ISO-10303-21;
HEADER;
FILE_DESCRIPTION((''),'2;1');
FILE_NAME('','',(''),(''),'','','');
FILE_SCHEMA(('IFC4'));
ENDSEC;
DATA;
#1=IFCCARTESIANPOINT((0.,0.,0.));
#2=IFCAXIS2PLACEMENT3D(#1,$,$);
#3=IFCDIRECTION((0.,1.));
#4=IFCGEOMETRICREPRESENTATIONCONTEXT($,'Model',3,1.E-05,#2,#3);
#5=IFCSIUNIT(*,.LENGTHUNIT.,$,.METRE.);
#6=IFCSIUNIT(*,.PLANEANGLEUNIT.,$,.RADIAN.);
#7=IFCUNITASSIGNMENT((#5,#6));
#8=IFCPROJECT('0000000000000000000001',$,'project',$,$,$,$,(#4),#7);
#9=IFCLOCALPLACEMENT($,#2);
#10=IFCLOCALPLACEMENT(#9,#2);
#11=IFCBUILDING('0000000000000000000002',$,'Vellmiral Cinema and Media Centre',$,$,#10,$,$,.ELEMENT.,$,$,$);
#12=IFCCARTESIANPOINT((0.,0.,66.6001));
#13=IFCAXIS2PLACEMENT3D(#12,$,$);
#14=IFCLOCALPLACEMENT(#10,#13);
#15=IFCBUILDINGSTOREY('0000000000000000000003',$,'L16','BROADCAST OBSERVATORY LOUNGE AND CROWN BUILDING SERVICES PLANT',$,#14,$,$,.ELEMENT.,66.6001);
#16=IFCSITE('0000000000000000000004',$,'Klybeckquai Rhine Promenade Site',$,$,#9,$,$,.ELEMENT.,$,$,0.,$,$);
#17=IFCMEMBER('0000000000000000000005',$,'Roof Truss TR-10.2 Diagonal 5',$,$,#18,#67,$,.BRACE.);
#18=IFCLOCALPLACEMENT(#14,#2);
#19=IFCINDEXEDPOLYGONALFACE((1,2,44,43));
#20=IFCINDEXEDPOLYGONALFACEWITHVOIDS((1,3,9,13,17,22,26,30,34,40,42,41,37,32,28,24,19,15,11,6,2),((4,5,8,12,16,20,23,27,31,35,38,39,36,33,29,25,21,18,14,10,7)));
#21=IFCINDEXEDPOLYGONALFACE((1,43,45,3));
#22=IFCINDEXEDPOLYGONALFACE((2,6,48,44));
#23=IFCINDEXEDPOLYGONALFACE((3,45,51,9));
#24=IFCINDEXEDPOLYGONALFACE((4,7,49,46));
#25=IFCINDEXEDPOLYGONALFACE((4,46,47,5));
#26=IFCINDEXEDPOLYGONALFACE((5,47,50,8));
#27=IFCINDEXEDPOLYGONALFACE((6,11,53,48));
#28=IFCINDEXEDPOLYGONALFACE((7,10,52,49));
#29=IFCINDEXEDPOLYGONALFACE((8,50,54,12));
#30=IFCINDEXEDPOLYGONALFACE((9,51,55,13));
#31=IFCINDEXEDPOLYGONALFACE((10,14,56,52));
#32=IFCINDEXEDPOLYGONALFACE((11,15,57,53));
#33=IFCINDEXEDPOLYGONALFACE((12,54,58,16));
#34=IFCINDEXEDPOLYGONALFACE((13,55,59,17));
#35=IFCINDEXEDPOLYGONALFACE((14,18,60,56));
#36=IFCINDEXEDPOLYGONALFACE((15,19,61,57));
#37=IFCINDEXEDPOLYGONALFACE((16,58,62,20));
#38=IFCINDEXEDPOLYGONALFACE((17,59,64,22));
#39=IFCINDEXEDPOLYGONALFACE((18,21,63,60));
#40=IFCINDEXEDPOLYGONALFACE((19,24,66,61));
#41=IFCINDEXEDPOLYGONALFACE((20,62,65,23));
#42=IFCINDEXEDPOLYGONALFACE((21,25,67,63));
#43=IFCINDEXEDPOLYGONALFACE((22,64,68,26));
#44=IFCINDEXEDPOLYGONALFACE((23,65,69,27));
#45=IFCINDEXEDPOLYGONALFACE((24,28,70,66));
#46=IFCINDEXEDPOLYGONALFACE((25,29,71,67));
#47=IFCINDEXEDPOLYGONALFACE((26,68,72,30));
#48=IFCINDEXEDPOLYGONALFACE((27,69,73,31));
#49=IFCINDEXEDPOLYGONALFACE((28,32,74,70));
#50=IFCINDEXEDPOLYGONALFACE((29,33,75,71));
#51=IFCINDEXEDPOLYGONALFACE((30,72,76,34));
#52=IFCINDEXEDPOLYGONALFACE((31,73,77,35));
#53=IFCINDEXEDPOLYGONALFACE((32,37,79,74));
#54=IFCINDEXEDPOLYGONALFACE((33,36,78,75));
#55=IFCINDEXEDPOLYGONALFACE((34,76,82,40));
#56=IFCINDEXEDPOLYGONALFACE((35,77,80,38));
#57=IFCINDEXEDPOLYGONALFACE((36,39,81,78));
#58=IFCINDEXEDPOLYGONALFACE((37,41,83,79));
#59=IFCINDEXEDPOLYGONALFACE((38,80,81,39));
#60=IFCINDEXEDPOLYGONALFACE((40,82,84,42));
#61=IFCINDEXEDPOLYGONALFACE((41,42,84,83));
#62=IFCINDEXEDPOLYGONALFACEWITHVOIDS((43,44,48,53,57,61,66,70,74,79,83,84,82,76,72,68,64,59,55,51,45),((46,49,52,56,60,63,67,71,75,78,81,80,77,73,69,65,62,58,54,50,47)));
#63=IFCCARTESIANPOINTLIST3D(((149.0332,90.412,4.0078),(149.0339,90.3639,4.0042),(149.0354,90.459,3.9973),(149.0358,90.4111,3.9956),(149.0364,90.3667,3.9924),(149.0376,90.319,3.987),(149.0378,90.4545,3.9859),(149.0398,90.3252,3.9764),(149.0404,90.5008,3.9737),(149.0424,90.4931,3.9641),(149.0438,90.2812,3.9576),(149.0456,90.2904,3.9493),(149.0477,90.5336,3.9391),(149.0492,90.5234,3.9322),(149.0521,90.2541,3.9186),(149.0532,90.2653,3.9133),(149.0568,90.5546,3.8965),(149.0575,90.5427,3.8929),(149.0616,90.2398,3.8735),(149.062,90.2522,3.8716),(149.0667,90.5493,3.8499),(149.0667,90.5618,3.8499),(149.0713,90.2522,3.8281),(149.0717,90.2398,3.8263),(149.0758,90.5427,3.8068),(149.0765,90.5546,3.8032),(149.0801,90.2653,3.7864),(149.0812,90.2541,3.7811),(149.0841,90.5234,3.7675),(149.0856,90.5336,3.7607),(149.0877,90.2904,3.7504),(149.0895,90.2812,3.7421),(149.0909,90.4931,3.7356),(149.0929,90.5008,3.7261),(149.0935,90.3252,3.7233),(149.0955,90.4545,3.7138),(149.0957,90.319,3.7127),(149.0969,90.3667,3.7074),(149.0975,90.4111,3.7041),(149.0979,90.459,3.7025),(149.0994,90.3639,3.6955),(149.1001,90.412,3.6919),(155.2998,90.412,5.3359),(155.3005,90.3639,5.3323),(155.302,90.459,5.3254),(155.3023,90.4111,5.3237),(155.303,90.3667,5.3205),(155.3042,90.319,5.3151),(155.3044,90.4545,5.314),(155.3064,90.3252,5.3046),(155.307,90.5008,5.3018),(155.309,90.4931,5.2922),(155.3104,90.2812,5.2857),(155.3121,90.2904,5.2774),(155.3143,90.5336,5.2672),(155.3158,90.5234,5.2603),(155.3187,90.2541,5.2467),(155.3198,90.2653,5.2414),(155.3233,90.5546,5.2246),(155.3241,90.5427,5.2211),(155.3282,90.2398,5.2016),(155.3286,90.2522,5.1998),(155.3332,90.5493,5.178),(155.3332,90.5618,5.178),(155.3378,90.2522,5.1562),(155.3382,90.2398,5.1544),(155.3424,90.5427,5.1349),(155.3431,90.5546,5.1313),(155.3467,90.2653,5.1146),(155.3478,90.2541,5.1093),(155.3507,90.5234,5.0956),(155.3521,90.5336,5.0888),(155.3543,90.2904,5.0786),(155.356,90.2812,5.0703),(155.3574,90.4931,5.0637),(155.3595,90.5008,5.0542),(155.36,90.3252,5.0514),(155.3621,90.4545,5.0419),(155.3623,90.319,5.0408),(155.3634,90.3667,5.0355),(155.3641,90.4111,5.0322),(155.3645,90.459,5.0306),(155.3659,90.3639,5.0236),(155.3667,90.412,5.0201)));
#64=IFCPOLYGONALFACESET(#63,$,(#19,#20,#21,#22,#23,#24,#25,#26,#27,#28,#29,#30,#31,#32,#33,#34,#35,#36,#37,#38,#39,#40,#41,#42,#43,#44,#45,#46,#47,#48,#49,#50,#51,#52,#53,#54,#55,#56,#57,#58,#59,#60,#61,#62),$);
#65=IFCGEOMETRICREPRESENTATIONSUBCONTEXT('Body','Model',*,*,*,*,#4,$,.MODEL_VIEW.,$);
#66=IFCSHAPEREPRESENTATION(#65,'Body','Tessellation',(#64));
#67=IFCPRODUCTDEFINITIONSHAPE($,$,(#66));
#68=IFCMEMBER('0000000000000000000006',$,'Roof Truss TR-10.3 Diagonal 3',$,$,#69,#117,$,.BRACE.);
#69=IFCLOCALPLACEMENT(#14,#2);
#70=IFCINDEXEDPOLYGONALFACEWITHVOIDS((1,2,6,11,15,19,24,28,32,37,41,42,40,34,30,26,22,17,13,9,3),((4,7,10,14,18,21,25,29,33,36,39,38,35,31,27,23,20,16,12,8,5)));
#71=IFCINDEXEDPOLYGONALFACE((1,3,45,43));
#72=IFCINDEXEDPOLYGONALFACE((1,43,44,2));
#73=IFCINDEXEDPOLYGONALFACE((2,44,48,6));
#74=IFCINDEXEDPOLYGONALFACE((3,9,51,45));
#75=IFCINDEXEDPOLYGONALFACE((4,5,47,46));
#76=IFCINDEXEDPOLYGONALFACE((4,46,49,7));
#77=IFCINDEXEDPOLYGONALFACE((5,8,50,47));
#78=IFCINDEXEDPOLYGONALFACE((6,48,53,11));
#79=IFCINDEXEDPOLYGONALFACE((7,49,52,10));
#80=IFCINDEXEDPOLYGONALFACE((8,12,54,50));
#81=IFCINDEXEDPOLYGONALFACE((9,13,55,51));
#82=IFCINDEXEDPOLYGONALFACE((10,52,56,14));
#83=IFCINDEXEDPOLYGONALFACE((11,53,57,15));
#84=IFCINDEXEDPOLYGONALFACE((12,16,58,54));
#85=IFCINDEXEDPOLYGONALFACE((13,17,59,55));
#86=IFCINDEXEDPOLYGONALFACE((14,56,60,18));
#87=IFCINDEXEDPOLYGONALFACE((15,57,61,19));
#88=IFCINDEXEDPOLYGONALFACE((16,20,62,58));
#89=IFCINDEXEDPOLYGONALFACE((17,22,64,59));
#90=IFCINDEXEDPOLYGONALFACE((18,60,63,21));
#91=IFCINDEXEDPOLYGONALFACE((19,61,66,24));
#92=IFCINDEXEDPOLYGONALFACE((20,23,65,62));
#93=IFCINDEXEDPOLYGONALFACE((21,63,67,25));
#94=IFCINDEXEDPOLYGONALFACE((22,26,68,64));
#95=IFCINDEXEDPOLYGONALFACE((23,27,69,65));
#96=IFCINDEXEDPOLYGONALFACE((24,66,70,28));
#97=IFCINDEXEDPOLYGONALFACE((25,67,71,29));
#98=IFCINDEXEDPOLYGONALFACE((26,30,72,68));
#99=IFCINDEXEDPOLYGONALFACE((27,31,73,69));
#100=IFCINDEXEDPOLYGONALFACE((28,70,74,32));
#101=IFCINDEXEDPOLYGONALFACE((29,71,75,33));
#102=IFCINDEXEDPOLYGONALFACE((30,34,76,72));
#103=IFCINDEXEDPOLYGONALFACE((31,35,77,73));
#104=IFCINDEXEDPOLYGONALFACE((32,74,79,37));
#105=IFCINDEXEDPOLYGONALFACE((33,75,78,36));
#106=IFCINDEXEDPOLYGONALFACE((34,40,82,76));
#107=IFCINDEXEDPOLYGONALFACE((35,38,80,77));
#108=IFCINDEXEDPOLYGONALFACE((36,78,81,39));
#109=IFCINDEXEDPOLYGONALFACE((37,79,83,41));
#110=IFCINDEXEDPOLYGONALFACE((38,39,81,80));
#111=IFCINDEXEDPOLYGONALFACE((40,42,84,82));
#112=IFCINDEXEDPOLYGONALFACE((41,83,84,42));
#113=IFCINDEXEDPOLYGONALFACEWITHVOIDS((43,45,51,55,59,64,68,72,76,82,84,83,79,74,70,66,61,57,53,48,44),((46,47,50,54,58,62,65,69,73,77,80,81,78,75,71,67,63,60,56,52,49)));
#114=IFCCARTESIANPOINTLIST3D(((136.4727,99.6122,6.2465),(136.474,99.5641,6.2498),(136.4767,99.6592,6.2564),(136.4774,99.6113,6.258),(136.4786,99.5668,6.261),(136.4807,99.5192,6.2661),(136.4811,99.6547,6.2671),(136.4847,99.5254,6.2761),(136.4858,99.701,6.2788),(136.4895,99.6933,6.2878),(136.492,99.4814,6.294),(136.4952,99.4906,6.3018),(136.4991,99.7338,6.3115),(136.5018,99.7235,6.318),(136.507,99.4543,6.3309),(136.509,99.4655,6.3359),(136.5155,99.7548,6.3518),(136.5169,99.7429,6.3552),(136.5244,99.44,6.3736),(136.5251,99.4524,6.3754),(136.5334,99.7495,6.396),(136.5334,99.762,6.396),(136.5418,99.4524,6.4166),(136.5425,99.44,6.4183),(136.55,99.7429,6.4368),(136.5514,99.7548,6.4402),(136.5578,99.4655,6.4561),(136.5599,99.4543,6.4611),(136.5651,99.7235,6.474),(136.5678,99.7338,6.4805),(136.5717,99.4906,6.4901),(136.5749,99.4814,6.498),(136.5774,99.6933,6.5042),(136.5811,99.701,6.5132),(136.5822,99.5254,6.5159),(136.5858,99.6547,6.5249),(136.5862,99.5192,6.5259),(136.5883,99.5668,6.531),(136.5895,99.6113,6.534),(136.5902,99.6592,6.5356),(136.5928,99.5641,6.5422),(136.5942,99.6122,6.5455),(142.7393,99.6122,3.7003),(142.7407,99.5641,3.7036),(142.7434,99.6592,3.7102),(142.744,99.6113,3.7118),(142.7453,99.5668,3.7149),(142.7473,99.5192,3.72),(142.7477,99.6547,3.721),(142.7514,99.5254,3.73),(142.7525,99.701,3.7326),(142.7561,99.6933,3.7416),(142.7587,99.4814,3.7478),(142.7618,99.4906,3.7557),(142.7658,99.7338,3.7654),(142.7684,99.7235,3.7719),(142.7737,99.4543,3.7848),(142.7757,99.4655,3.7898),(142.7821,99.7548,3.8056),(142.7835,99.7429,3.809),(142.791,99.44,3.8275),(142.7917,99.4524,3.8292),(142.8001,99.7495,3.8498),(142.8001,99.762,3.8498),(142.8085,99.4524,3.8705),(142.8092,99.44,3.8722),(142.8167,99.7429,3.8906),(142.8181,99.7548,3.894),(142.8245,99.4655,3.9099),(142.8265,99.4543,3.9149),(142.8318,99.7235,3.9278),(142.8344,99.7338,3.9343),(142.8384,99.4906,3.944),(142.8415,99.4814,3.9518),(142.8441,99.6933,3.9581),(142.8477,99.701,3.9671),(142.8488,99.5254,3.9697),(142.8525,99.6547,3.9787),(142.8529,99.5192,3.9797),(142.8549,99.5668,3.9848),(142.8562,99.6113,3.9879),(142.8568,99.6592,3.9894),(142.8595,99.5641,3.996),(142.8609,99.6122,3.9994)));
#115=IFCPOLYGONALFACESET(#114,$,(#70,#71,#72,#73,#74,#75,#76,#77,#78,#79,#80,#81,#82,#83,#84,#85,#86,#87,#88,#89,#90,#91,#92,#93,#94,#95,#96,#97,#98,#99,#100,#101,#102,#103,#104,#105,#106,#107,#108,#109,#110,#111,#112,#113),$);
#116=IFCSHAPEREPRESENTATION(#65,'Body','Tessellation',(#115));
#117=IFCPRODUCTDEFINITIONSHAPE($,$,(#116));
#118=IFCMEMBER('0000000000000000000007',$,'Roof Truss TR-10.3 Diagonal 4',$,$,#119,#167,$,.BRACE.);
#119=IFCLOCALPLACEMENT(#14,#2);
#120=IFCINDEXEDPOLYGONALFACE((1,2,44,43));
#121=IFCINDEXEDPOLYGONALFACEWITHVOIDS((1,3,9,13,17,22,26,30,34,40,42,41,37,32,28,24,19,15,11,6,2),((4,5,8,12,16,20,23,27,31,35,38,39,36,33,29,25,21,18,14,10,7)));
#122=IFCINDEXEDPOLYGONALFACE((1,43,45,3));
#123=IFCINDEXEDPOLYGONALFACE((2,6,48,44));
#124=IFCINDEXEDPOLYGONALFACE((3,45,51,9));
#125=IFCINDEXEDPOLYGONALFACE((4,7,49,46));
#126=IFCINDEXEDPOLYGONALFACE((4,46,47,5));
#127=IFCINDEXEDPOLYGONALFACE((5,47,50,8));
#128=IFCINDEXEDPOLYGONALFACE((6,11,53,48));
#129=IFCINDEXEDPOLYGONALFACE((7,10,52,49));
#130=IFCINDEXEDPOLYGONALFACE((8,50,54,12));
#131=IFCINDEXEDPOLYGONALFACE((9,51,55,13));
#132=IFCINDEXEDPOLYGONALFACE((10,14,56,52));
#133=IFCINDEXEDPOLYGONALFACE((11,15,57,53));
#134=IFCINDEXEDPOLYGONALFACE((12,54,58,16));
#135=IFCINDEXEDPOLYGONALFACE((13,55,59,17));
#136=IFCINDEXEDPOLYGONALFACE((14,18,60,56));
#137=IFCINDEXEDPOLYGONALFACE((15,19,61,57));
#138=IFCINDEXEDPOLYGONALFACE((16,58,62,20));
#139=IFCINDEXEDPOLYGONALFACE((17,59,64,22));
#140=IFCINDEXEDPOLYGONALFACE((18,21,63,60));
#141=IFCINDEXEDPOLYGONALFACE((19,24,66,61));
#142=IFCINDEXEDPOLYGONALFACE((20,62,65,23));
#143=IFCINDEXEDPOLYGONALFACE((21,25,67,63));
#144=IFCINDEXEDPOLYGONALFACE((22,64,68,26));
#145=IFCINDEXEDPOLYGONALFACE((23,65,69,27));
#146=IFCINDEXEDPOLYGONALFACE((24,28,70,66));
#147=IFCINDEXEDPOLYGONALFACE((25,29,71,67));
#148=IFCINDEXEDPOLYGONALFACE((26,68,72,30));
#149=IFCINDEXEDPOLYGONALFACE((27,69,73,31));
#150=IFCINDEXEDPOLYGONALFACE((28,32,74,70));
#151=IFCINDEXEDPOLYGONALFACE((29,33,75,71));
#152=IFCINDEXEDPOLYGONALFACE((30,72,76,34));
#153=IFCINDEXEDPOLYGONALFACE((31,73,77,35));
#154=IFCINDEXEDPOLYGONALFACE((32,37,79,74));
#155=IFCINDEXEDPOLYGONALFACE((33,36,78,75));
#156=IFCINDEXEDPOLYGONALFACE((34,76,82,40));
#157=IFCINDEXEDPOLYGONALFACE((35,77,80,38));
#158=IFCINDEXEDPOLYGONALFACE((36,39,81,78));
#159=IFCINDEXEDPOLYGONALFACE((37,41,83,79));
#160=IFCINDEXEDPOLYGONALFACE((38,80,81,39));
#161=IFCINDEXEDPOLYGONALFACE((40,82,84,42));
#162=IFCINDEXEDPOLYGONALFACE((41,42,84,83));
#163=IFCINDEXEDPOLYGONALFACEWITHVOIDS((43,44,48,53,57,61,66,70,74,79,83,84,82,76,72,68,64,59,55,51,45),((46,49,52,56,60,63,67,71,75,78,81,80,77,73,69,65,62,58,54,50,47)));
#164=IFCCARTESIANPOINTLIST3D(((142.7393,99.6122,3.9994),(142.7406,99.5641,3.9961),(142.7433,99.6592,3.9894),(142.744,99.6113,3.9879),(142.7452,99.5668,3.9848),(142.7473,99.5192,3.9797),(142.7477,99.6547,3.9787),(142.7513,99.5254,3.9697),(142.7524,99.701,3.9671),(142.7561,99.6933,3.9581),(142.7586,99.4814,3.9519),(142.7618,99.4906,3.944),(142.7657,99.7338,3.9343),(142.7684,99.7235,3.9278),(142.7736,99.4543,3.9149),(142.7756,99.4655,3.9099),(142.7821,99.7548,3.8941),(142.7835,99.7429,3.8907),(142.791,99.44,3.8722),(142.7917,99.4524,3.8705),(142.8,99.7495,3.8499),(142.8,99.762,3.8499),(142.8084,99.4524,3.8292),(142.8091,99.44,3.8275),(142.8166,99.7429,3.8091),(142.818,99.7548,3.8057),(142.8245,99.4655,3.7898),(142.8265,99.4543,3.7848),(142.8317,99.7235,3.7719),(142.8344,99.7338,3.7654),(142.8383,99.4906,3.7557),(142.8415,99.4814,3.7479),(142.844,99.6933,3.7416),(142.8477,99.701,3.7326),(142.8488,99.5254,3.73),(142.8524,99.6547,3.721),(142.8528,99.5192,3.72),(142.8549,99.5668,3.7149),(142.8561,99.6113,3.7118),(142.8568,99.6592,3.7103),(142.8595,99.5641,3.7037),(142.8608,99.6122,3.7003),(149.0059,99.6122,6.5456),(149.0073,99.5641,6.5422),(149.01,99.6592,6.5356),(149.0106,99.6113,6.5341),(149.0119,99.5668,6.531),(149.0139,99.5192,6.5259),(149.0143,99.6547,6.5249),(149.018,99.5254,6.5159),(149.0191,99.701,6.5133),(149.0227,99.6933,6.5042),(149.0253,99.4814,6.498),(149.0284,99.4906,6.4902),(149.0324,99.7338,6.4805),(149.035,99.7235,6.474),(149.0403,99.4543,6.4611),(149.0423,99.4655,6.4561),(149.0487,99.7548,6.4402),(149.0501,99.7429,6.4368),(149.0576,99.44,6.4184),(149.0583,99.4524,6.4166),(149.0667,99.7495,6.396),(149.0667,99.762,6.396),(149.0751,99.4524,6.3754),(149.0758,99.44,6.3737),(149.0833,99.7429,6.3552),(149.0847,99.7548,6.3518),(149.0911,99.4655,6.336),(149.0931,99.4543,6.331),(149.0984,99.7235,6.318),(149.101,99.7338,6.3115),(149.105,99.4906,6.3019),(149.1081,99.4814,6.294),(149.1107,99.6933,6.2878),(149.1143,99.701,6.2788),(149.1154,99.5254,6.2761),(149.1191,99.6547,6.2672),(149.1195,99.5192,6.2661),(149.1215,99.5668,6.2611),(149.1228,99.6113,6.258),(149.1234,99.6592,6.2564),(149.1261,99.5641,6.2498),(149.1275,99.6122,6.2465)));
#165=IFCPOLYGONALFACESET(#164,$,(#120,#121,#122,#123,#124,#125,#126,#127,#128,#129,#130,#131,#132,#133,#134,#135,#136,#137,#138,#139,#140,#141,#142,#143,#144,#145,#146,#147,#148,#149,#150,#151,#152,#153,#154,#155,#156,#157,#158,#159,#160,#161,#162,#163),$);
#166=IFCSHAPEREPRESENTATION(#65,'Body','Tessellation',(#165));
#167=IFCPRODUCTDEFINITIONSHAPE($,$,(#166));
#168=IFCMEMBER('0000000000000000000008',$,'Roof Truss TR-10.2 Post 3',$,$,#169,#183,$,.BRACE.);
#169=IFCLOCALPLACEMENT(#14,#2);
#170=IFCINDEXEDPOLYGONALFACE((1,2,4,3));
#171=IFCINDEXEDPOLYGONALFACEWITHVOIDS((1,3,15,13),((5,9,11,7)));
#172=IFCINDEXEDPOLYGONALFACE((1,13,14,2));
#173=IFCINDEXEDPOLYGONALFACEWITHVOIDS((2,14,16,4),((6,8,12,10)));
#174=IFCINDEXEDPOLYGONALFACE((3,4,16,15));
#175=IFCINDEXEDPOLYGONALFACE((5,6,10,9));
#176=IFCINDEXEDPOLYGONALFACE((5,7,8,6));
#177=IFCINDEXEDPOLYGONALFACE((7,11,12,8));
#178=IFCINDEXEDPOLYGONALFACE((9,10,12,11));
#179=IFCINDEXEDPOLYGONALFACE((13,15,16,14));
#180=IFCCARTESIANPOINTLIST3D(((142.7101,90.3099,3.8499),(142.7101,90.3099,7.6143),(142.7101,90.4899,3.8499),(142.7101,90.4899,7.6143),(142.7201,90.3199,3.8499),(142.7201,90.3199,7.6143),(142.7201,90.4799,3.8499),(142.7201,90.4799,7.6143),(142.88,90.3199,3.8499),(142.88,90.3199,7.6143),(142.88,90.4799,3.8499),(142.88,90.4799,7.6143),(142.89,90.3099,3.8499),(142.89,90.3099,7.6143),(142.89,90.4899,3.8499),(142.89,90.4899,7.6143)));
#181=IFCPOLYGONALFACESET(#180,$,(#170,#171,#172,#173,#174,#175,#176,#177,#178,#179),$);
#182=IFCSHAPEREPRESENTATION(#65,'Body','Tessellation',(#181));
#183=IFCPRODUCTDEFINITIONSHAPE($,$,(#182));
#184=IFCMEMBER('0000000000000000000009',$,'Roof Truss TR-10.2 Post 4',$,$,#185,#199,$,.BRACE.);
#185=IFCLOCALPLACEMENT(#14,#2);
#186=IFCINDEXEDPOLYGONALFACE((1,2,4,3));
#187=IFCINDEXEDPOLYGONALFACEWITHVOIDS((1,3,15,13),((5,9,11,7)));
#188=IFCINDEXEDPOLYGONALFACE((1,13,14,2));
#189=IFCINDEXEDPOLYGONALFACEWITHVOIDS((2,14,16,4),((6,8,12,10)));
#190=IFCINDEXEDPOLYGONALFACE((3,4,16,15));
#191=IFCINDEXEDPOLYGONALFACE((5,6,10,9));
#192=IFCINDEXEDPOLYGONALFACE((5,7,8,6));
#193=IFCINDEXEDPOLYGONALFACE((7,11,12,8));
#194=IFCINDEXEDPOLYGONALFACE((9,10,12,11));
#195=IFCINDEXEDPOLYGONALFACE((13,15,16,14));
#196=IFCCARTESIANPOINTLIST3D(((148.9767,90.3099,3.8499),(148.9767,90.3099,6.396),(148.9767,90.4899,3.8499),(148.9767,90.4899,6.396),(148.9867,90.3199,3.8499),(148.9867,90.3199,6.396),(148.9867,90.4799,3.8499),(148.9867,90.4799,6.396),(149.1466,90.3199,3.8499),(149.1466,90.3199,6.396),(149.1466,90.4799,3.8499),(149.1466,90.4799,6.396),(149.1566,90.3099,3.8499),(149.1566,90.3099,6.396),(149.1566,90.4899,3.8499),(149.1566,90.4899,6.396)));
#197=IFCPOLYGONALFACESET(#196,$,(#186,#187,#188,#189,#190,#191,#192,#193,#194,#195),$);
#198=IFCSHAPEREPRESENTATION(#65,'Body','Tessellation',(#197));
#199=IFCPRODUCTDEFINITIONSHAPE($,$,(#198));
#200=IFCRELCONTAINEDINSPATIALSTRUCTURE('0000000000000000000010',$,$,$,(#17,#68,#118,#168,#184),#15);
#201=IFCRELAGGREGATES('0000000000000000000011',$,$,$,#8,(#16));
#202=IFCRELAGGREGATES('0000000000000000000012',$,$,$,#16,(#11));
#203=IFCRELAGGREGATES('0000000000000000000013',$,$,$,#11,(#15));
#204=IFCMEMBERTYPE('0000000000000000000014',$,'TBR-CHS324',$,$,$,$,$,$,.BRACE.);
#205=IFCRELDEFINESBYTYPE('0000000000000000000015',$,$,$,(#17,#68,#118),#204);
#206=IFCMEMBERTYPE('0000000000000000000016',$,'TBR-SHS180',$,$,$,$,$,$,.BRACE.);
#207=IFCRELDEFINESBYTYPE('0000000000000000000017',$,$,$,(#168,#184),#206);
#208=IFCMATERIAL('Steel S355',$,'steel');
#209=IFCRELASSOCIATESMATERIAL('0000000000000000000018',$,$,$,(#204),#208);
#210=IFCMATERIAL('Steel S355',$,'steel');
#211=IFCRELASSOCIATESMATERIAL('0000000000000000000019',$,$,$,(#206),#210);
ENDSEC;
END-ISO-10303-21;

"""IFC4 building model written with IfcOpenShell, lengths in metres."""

from ifc_helpers import new_model, si_unit, direction, frame, origin, origin_2d, place, context, subcontext, project, spatial, hollow_rectangle, hollow_circle, extrude, material, material_profile, profile_set, type_object, element, save


model = new_model("IFC4")

# Units and contexts
model_context = context("Model", 3, precision=1e-05, world=origin(), true_north=direction((0.0, 1.0)))
body_context = subcontext(model_context, "Body", "Model", "MODEL_VIEW")
ifc_project = project(units=[si_unit("LENGTHUNIT", "METRE"), si_unit("PLANEANGLEUNIT", "RADIAN")], contexts=[model_context])

# Site, building, storey
site_placement = place(None, origin())
site = spatial("IfcSite", under=ifc_project, at=site_placement, Name="Klybeckquai Rhine Promenade Site", CompositionType="ELEMENT", RefElevation=0.0)
building_placement = place(site_placement, origin())
building = spatial("IfcBuilding", under=site, at=building_placement, Name="Vellmiral Cinema and Media Centre", CompositionType="ELEMENT")
storey_placement = place(building_placement, frame((0.0, 0.0, 66.6001)))
storey = spatial("IfcBuildingStorey", under=building, at=storey_placement, Name="L16", Description="BROADCAST OBSERVATORY LOUNGE AND CROWN BUILDING SERVICES PLANT", CompositionType="ELEMENT", Elevation=66.6001)

# Members
ifc_material_1 = material(Name="Steel S355", Category="steel")
ifc_material_profile_1 = material_profile(ifc_material_1, hollow_circle(Radius=0.1619, WallThickness=0.0125, at=origin_2d()), Name="CHS 323.9x12.5")
ifc_profile_set_1 = profile_set([ifc_material_profile_1], Name="Steel S355")
member_type_1 = type_object("IfcMemberType", Name="TBR-CHS324", PredefinedType="BRACE", material=ifc_profile_set_1)
member_1_placement = place(storey_placement, frame((149.0667, 90.3999, 3.8499), z_axis=(0.978271, 0.0, 0.207332), x_axis=(0.0, 1.0, 0.0)))
element("IfcMember", 1, at=member_1_placement, inside=storey, type_object=member_type_1, Name="Roof Truss TR-10.2 Diagonal 5", PredefinedType="BRACE", context=body_context, shape_type="SweptSolid", body=[
    extrude(hollow_circle(Radius=0.1619, WallThickness=0.0125, at=origin_2d()), origin(), (0.0, 0.0, 1.0), 6.4058),
])
for number, where, z_axis, x_axis, name in (
    (2, (136.5334, 99.6001, 6.396), (0.926449, 0.0, -0.37642), (0.0, 1.0, 0.0), "Roof Truss TR-10.3 Diagonal 3"),
    (3, (142.8, 99.6001, 3.8499), (0.926449, 0.0, 0.37642), (0.0, 1.0, 0.0), "Roof Truss TR-10.3 Diagonal 4"),
):
    element("IfcMember", number, at=place(storey_placement, frame(where, z_axis=z_axis, x_axis=x_axis)), inside=storey, type_object=member_type_1, Name=name, PredefinedType="BRACE", context=body_context, shape_type="SweptSolid", body=[
        extrude(hollow_circle(Radius=0.1619, WallThickness=0.0125, at=origin_2d()), origin(), (0.0, 0.0, 1.0), 6.7642),
    ])
ifc_material_2 = material(Name="Steel S355", Category="steel")
ifc_material_profile_2 = material_profile(ifc_material_2, hollow_rectangle(XDim=0.1799, YDim=0.1799, WallThickness=0.01, at=origin_2d()), Name="SHS 180x180x10.0")
ifc_profile_set_2 = profile_set([ifc_material_profile_2], Name="Steel S355")
member_type_2 = type_object("IfcMemberType", Name="TBR-SHS180", PredefinedType="BRACE", material=ifc_profile_set_2)
member_2_placement = place(storey_placement, frame((142.8, 90.3999, 3.8499), z_axis=(0.0, 0.0, 1.0), x_axis=(1.0, 0.0, 0.0)))
element("IfcMember", 4, at=member_2_placement, inside=storey, type_object=member_type_2, Name="Roof Truss TR-10.2 Post 3", PredefinedType="BRACE", context=body_context, shape_type="SweptSolid", body=[
    extrude(hollow_rectangle(XDim=0.1799, YDim=0.1799, WallThickness=0.01, at=origin_2d()), origin(), (0.0, 0.0, 1.0), 3.7644),
])
for number, where, z_axis, x_axis, name in (
    (5, (149.0667, 90.3999, 3.8499), (0.0, 0.0, 1.0), (1.0, 0.0, 0.0), "Roof Truss TR-10.2 Post 4"),
):
    element("IfcMember", number, at=place(storey_placement, frame(where, z_axis=z_axis, x_axis=x_axis)), inside=storey, type_object=member_type_2, Name=name, PredefinedType="BRACE", context=body_context, shape_type="SweptSolid", body=[
        extrude(hollow_rectangle(XDim=0.1799, YDim=0.1799, WallThickness=0.01, at=origin_2d()), origin(), (0.0, 0.0, 1.0), 2.5461),
    ])

save(model, "model.ifc")
